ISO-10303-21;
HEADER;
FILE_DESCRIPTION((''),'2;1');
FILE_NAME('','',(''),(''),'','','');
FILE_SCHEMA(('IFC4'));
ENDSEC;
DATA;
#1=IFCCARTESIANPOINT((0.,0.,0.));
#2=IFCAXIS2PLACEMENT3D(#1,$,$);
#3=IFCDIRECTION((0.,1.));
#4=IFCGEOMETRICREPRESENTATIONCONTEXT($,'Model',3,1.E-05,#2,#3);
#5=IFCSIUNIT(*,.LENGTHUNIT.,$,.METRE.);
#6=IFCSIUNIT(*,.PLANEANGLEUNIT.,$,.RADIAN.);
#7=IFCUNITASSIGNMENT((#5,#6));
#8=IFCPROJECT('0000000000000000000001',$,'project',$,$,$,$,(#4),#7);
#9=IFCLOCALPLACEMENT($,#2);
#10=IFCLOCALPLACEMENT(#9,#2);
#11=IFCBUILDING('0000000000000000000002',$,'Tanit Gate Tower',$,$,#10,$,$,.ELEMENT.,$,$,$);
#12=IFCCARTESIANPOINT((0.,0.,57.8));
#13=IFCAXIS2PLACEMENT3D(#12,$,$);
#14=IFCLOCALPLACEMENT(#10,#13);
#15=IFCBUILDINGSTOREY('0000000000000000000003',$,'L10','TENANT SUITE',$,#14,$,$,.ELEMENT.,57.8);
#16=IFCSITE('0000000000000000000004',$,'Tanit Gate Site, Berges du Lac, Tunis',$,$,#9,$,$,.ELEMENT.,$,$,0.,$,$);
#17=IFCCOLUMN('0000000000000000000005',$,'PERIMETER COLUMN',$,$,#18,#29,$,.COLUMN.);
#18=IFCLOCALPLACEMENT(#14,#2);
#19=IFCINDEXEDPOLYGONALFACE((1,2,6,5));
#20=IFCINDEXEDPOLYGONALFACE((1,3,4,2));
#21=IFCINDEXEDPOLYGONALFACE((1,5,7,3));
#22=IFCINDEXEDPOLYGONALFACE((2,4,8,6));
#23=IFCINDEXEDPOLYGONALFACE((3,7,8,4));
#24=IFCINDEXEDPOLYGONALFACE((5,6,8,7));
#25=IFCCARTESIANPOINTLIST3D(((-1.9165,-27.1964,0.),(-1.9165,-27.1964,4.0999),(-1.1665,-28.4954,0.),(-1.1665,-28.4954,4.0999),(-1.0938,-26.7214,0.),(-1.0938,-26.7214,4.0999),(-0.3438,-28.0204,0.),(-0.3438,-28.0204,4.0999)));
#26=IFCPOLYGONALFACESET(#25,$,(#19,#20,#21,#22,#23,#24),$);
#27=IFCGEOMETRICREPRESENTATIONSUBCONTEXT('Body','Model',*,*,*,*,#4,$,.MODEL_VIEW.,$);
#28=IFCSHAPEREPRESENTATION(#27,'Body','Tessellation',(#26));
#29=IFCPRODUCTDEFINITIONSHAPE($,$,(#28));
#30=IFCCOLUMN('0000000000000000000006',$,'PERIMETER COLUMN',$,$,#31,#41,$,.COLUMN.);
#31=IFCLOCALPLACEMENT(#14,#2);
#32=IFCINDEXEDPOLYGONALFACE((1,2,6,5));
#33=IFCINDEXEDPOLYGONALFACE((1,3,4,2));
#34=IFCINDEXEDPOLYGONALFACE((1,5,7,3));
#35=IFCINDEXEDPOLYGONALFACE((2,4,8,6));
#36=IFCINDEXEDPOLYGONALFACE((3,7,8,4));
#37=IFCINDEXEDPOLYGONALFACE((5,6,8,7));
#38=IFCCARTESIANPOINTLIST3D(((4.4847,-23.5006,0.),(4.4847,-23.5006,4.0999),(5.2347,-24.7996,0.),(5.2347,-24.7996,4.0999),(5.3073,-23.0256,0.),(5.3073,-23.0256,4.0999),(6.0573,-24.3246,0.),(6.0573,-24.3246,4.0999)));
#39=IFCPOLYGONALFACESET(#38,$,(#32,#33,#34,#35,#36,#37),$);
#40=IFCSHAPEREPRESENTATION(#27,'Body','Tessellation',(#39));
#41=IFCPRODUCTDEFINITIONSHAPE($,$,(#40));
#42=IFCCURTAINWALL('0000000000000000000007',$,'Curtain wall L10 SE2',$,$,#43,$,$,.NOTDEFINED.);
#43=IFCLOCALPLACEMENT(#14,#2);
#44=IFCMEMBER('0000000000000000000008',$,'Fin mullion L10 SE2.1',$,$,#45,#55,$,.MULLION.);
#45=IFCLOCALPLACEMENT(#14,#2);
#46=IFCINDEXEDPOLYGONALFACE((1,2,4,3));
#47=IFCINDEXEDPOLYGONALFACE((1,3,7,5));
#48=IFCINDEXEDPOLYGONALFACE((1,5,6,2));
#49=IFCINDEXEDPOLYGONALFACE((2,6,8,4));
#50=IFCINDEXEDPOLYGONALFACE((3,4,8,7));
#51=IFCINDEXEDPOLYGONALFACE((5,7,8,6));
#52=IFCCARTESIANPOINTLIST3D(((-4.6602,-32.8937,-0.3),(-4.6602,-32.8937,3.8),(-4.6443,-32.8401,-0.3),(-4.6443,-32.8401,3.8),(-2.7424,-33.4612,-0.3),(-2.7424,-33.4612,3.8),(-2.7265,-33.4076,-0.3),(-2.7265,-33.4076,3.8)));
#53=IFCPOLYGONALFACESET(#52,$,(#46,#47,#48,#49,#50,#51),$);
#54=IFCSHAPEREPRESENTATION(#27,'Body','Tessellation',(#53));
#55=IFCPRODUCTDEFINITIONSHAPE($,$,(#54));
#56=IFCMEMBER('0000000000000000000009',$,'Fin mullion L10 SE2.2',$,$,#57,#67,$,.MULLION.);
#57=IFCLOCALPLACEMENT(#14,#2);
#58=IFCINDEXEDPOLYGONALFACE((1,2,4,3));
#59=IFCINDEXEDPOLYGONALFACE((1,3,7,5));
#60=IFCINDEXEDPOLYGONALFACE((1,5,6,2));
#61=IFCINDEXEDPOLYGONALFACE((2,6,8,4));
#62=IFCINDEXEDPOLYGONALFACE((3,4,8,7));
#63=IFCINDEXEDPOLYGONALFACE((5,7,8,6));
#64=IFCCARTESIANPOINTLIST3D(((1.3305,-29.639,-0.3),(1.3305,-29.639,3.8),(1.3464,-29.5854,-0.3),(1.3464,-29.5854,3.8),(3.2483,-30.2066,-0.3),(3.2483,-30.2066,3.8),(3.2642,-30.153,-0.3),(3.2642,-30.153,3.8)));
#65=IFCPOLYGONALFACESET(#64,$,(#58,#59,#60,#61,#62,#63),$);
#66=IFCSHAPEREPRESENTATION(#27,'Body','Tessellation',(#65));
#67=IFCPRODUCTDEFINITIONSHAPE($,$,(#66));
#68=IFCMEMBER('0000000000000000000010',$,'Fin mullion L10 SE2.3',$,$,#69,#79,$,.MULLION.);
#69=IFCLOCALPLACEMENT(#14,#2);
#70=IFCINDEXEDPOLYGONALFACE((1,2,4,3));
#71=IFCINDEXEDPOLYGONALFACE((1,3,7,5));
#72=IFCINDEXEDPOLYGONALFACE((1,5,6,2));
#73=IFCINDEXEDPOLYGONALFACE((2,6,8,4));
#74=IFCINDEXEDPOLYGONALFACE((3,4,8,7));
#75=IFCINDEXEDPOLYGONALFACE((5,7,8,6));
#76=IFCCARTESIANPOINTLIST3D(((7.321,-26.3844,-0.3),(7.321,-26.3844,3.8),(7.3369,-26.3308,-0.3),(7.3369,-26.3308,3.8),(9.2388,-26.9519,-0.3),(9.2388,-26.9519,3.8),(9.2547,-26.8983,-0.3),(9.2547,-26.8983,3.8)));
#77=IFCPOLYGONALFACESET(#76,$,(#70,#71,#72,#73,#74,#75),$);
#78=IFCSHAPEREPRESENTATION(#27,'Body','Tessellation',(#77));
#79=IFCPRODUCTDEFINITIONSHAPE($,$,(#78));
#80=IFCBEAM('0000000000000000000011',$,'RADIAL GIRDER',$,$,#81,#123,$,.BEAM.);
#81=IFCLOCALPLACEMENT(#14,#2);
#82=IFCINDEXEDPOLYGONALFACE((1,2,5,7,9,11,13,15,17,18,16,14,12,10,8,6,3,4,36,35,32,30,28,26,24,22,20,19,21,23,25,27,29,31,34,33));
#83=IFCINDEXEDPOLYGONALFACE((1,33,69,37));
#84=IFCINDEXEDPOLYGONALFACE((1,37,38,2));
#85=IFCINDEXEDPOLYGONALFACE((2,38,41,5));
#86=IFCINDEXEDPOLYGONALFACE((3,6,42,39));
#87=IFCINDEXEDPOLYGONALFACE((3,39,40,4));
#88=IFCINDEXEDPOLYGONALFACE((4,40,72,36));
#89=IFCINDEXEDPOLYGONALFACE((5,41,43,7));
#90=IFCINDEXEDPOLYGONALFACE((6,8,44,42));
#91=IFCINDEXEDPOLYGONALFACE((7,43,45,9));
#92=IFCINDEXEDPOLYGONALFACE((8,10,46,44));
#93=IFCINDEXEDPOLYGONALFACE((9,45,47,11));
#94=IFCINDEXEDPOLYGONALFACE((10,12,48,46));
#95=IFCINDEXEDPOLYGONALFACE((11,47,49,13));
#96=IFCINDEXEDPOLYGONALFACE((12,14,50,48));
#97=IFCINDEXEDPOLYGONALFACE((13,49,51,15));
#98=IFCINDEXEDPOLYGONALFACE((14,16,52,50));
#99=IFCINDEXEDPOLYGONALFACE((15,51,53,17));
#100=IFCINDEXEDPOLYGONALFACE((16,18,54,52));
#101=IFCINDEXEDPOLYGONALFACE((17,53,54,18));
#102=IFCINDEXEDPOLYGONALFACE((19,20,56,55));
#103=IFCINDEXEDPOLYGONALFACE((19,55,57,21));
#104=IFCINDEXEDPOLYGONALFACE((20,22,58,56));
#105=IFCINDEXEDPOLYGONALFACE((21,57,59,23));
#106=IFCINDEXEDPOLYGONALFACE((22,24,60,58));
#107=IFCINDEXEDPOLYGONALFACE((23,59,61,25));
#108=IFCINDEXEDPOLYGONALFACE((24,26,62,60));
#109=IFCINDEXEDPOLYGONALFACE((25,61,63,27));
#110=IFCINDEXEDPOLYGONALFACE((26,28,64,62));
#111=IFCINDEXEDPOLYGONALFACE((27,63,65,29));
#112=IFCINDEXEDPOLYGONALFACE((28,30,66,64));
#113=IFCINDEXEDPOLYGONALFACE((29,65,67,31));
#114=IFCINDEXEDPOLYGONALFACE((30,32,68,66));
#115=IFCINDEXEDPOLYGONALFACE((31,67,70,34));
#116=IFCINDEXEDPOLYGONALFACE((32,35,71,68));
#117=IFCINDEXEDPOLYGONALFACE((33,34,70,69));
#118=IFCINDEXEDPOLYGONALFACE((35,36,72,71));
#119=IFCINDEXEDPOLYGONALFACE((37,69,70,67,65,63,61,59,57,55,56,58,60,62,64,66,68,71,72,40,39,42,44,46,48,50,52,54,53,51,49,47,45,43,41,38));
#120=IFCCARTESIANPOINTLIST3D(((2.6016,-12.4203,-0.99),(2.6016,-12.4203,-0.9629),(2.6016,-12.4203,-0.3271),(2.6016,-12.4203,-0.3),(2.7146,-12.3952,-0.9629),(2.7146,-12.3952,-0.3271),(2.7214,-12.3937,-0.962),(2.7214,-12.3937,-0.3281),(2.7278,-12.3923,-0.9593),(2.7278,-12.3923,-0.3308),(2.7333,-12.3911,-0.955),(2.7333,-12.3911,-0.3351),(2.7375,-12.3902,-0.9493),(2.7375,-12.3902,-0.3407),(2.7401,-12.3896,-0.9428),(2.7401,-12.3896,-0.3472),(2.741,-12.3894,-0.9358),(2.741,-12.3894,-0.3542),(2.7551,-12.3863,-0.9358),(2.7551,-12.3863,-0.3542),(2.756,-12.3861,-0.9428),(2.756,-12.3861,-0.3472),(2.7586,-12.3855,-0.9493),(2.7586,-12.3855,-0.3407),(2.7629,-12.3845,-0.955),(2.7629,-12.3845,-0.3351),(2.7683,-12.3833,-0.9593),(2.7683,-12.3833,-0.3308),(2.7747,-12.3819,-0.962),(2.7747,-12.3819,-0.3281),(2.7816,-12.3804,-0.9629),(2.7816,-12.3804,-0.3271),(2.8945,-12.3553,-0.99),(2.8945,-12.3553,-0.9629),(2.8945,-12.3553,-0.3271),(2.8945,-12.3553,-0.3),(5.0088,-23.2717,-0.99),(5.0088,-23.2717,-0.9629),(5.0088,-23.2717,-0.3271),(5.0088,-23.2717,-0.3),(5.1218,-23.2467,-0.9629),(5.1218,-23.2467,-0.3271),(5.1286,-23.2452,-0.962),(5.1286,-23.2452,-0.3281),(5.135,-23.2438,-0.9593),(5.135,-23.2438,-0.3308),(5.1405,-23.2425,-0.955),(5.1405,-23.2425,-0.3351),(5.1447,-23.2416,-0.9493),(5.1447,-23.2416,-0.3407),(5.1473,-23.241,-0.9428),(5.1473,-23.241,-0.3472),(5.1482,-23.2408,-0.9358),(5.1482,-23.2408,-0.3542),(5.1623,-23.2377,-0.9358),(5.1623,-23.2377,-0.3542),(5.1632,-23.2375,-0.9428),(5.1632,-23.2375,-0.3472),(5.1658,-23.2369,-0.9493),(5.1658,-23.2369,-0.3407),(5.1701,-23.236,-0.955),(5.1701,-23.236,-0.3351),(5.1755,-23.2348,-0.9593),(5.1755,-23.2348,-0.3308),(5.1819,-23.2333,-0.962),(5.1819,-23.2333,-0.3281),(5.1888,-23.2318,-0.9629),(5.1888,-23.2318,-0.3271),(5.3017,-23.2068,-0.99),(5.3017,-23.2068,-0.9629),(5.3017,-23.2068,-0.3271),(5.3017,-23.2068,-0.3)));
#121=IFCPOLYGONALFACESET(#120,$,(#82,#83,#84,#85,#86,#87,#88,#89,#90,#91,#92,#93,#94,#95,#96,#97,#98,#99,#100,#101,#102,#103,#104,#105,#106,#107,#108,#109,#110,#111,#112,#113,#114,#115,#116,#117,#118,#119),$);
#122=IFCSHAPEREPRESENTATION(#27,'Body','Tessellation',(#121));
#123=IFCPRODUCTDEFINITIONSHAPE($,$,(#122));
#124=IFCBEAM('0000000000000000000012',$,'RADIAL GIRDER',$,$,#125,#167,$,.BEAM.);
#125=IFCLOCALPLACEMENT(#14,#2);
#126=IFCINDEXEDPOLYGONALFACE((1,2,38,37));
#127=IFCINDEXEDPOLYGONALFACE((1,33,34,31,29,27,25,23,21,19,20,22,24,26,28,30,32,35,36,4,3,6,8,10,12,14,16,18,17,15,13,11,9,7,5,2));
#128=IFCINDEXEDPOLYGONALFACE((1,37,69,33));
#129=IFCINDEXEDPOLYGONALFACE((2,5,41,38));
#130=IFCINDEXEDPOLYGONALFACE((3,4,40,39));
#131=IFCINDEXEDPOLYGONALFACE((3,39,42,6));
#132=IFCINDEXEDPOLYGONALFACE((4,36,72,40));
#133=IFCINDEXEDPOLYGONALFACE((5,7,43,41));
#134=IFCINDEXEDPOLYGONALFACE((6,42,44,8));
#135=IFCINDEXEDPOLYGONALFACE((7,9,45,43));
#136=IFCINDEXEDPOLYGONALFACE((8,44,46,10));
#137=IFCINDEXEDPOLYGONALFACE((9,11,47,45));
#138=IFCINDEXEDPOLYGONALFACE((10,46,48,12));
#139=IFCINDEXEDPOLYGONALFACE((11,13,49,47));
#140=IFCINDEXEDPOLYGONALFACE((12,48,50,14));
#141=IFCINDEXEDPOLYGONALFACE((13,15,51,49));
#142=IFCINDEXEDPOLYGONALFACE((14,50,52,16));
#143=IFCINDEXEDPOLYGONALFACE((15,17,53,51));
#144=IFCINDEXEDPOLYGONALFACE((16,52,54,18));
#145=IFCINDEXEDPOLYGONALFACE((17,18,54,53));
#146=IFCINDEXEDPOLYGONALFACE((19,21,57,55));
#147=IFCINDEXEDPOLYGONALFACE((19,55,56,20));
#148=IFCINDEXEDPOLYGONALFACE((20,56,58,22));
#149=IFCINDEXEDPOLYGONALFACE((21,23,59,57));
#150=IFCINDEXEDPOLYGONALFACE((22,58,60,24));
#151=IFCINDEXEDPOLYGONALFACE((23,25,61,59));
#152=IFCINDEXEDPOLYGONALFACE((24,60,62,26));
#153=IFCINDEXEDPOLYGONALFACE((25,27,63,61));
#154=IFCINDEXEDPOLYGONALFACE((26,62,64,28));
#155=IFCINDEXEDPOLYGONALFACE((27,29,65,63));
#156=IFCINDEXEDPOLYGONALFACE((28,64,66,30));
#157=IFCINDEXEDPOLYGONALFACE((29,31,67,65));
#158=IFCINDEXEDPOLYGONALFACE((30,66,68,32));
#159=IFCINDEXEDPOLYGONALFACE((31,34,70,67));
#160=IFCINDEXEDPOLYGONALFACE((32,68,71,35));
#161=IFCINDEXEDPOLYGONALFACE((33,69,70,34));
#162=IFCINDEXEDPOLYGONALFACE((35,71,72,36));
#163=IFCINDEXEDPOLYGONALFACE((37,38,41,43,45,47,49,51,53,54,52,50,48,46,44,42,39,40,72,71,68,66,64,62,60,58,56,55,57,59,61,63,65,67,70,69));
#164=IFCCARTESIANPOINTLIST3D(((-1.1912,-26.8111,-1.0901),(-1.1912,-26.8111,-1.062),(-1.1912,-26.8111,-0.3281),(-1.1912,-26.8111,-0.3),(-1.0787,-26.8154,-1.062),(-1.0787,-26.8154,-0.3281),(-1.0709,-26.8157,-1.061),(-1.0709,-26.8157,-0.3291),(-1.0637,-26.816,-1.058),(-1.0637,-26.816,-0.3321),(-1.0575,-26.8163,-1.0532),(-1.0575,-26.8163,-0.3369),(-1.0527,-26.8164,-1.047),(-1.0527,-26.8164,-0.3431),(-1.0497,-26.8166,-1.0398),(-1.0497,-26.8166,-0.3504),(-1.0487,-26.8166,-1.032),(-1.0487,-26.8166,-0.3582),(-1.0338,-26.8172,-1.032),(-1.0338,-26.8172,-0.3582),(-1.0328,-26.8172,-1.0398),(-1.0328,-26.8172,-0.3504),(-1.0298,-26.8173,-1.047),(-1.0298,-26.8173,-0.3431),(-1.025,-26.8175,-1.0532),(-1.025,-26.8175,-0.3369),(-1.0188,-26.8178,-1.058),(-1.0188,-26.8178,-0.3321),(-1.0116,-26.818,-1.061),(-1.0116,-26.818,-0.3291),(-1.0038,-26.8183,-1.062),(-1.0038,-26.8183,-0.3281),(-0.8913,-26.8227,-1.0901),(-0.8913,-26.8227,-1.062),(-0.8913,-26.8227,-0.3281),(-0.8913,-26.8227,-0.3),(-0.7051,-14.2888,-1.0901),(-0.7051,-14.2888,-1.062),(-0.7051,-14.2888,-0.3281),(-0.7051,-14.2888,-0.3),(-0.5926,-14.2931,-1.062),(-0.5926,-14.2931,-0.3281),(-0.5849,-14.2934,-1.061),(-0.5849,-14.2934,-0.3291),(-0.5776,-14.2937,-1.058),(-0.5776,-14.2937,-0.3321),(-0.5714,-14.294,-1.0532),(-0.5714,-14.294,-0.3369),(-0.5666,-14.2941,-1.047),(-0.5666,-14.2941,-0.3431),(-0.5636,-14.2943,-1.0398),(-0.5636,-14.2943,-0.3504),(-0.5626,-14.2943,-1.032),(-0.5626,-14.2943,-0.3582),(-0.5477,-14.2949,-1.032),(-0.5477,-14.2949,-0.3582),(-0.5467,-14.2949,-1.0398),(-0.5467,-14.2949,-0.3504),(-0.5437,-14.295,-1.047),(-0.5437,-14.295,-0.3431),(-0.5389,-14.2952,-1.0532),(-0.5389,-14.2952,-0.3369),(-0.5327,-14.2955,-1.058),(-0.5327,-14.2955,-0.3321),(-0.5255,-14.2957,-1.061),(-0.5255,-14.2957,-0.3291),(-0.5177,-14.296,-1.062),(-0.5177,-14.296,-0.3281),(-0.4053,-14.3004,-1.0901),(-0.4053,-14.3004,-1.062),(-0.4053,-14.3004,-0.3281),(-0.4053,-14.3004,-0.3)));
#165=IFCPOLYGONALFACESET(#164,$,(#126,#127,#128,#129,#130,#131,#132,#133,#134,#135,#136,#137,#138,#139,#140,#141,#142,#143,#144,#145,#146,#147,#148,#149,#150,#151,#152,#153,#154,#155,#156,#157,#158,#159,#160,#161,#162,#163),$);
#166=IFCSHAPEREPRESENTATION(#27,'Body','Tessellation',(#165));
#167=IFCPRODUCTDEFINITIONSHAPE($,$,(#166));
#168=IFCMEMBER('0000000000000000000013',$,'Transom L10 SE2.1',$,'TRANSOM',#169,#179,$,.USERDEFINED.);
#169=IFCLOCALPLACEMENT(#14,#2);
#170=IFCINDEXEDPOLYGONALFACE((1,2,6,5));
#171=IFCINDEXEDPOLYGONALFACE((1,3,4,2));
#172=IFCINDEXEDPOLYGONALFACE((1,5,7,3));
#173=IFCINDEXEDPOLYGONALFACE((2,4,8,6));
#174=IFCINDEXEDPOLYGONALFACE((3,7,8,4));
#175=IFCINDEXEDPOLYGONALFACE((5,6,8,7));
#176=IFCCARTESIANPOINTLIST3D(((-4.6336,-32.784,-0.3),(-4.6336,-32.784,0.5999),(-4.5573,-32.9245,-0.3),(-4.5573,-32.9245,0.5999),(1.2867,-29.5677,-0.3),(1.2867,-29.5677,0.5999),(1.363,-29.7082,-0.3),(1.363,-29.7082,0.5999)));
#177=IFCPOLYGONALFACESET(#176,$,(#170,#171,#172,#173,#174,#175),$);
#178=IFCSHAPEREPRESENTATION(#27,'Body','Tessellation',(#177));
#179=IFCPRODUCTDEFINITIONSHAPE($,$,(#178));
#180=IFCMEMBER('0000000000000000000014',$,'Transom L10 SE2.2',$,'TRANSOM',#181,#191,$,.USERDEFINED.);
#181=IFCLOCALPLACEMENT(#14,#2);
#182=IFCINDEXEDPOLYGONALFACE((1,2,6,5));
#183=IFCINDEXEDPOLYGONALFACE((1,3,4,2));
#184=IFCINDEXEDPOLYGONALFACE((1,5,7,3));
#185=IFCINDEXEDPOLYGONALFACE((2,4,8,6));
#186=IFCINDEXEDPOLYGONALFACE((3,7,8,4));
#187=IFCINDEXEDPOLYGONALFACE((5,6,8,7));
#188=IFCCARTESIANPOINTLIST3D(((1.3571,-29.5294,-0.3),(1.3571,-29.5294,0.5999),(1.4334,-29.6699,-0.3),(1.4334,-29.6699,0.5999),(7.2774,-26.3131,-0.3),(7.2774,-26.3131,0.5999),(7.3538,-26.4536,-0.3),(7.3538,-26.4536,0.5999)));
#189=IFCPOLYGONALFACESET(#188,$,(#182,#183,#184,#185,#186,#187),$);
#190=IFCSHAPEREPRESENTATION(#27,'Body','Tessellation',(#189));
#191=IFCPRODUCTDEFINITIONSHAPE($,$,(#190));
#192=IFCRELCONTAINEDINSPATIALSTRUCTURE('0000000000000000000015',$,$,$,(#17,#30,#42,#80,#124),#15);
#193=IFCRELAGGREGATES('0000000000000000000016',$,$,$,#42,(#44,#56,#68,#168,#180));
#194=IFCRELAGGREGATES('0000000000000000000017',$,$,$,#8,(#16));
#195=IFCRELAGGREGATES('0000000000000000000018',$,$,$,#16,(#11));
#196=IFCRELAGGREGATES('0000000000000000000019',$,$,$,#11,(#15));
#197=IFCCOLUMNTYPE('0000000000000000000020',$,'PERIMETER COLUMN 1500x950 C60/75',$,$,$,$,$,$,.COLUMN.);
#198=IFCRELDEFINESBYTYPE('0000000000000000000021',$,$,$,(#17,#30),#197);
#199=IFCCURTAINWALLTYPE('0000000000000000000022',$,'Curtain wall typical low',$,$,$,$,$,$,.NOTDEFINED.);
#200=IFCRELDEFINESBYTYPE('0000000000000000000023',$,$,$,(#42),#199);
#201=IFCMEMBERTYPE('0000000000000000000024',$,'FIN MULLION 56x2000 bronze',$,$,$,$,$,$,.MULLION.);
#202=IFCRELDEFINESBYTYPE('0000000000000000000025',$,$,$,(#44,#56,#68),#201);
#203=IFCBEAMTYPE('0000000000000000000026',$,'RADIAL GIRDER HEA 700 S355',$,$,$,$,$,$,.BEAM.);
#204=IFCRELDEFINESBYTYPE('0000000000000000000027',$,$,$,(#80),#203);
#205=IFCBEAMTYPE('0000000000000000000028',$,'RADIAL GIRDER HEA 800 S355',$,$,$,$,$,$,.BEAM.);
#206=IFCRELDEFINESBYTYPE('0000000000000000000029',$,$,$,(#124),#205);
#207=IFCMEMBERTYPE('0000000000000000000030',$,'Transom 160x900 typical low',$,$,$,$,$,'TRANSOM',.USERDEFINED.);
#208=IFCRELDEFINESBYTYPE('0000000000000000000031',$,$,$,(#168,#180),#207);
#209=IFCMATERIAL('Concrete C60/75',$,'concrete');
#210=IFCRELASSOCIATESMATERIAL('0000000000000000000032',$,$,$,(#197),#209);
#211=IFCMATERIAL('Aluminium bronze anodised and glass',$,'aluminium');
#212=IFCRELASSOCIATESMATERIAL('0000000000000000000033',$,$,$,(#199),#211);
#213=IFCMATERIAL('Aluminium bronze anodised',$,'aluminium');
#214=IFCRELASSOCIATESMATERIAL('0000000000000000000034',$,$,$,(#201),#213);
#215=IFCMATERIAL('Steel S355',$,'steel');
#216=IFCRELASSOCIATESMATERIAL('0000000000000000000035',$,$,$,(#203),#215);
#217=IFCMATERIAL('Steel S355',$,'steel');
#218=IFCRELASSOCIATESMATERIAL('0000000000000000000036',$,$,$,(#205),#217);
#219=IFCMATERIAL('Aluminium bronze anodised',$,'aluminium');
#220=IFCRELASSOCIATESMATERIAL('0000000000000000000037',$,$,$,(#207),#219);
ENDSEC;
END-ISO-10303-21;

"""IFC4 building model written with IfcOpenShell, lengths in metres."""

from ifc_helpers import new_model, si_unit, direction, frame, origin, origin_2d, place, context, subcontext, project, spatial, rectangle, i_section, extrude, material, material_profile, profile_set, type_object, element, aggregate, save


model = new_model("IFC4")

# Units and contexts
model_context = context("Model", 3, precision=1e-05, world=origin(), true_north=direction((0.0, 1.0)))
body_context = subcontext(model_context, "Body", "Model", "MODEL_VIEW")
ifc_project = project(units=[si_unit("LENGTHUNIT", "METRE"), si_unit("PLANEANGLEUNIT", "RADIAN")], contexts=[model_context])

# Site, building, storey
site_placement = place(None, origin())
site = spatial("IfcSite", under=ifc_project, at=site_placement, Name="Tanit Gate Site, Berges du Lac, Tunis", CompositionType="ELEMENT", RefElevation=0.0)
building_placement = place(site_placement, origin())
building = spatial("IfcBuilding", under=site, at=building_placement, Name="Tanit Gate Tower", CompositionType="ELEMENT")
storey_placement = place(building_placement, frame((0.0, 0.0, 57.8)))
storey = spatial("IfcBuildingStorey", under=building, at=storey_placement, Name="L10", Description="TENANT SUITE", CompositionType="ELEMENT", Elevation=57.8)

# Columns
ifc_material_1 = material(Name="Concrete C60/75", Category="concrete")
ifc_material_profile_1 = material_profile(ifc_material_1, rectangle(XDim=1.5, YDim=0.95, at=origin_2d()), Name="RC 1500x950")
ifc_profile_set_1 = profile_set([ifc_material_profile_1], Name="Concrete C60/75")
column_type = type_object("IfcColumnType", Name="PERIMETER COLUMN 1500x950 C60/75", PredefinedType="COLUMN", material=ifc_profile_set_1)
for number, where, z_axis, x_axis, name in (
    (1, (-1.1301, -27.6084, 0.0), (0.0, 0.0, 1.0), (0.5, -0.866025, 0.0), "PERIMETER COLUMN"),
    (2, (5.271, -23.9126, 0.0), (0.0, 0.0, 1.0), (0.5, -0.866025, 0.0), "PERIMETER COLUMN"),
):
    element("IfcColumn", number, at=place(storey_placement, frame(where, z_axis=z_axis, x_axis=x_axis)), inside=storey, type_object=column_type, Name=name, PredefinedType="COLUMN", context=body_context, shape_type="SweptSolid", body=[
        extrude(rectangle(XDim=1.5, YDim=0.95, at=origin_2d()), origin(), (0.0, 0.0, 1.0), 4.0999),
    ])

# Curtain wall, members
ifc_material_2 = material(Name="Aluminium bronze anodised and glass", Category="aluminium")
curtain_wall_type = type_object("IfcCurtainWallType", Name="Curtain wall typical low", PredefinedType="NOTDEFINED", material=ifc_material_2)
curtain_wall_placement = place(storey_placement, origin())
curtain_wall = element("IfcCurtainWall", 3, at=curtain_wall_placement, inside=storey, type_object=curtain_wall_type, Name="Curtain wall L10 SE2", PredefinedType="NOTDEFINED")
ifc_material_3 = material(Name="Aluminium bronze anodised", Category="aluminium")
ifc_material_profile_2 = material_profile(ifc_material_3, rectangle(XDim=2.0, YDim=0.0559, at=origin_2d()), Name="56x2000 bronze fin mullion")
ifc_profile_set_2 = profile_set([ifc_material_profile_2], Name="Aluminium bronze anodised")
member_type_1 = type_object("IfcMemberType", Name="FIN MULLION 56x2000 bronze", PredefinedType="MULLION", material=ifc_profile_set_2)
member_1_placement = place(storey_placement, frame((-3.6934, -33.1506, -0.3), z_axis=(0.0, 0.0, 1.0), x_axis=(-0.958892, 0.283773, 0.0)))
member_1 = element("IfcMember", 4, at=member_1_placement, type_object=member_type_1, Name="Fin mullion L10 SE2.1", PredefinedType="MULLION", context=body_context, shape_type="SweptSolid", body=[
    extrude(rectangle(XDim=2.0, YDim=0.0559, at=origin_2d()), origin(), (0.0, 0.0, 1.0), 4.1001),
])
member_2_placement = place(storey_placement, frame((2.2974, -29.896, -0.3), z_axis=(0.0, 0.0, 1.0), x_axis=(-0.958892, 0.283773, 0.0)))
member_2 = element("IfcMember", 5, at=member_2_placement, type_object=member_type_1, Name="Fin mullion L10 SE2.2", PredefinedType="MULLION", context=body_context, shape_type="SweptSolid", body=[
    extrude(rectangle(XDim=2.0, YDim=0.0559, at=origin_2d()), origin(), (0.0, 0.0, 1.0), 4.1001),
])
member_3_placement = place(storey_placement, frame((8.2878, -26.6414, -0.3), z_axis=(0.0, 0.0, 1.0), x_axis=(-0.958892, 0.283773, 0.0)))
member_3 = element("IfcMember", 6, at=member_3_placement, type_object=member_type_1, Name="Fin mullion L10 SE2.3", PredefinedType="MULLION", context=body_context, shape_type="SweptSolid", body=[
    extrude(rectangle(XDim=2.0, YDim=0.0559, at=origin_2d()), origin(), (0.0, 0.0, 1.0), 4.1001),
])

# Beams
ifc_material_4 = material(Name="Steel S355", Category="steel")
ifc_material_profile_3 = material_profile(ifc_material_4, i_section(OverallWidth=0.3, OverallDepth=0.6899, WebThickness=0.0144, FlangeThickness=0.0271, FilletRadius=0.0271, at=origin_2d()), Name="HEA 700")
ifc_profile_set_3 = profile_set([ifc_material_profile_3], Name="Steel S355")
beam_type_1 = type_object("IfcBeamType", Name="RADIAL GIRDER HEA 700 S355", PredefinedType="BEAM", material=ifc_profile_set_3)
beam_1_placement = place(storey_placement, frame((5.1553, -23.2393, -0.645), z_axis=(-0.216568, 0.976268, 0.0), x_axis=(-0.976268, -0.216568, 0.0)))
element("IfcBeam", 7, at=beam_1_placement, inside=storey, type_object=beam_type_1, Name="RADIAL GIRDER", PredefinedType="BEAM", context=body_context, shape_type="SweptSolid", body=[
    extrude(i_section(OverallWidth=0.3, OverallDepth=0.6899, WebThickness=0.0144, FlangeThickness=0.0271, FilletRadius=0.0271, at=origin_2d()), origin(), (0.0, 0.0, 1.0), 11.1152),
])
ifc_material_5 = material(Name="Steel S355", Category="steel")
ifc_material_profile_4 = material_profile(ifc_material_5, i_section(OverallWidth=0.3, OverallDepth=0.79, WebThickness=0.0149, FlangeThickness=0.0281, FilletRadius=0.03, at=origin_2d()), Name="HEA 800")
ifc_profile_set_4 = profile_set([ifc_material_profile_4], Name="Steel S355")
beam_type_2 = type_object("IfcBeamType", Name="RADIAL GIRDER HEA 800 S355", PredefinedType="BEAM", material=ifc_profile_set_4)
beam_2_placement = place(storey_placement, frame((-1.0413, -26.8169, -0.6951), z_axis=(0.038789, 0.999247, 0.0), x_axis=(-0.999247, 0.038789, 0.0)))
element("IfcBeam", 8, at=beam_2_placement, inside=storey, type_object=beam_type_2, Name="RADIAL GIRDER", PredefinedType="BEAM", context=body_context, shape_type="SweptSolid", body=[
    extrude(i_section(OverallWidth=0.3, OverallDepth=0.79, WebThickness=0.0149, FlangeThickness=0.0281, FilletRadius=0.03, at=origin_2d()), origin(), (0.0, 0.0, 1.0), 12.5317),
])

# Members
ifc_material_6 = material(Name="Aluminium bronze anodised", Category="aluminium")
ifc_material_profile_5 = material_profile(ifc_material_6, rectangle(XDim=0.1599, YDim=0.8999, at=origin_2d()), Name="160x900 bronze transom")
ifc_profile_set_5 = profile_set([ifc_material_profile_5], Name="Aluminium bronze anodised")
member_type_2 = type_object("IfcMemberType", Name="Transom 160x900 typical low", ElementType="TRANSOM", PredefinedType="USERDEFINED", material=ifc_profile_set_5)
member_4_placement = place(storey_placement, frame((-4.5955, -32.8542, 0.1499), z_axis=(0.878706, 0.477364, 0.0), x_axis=(-0.477364, 0.878706, 0.0)))
member_4 = element("IfcMember", 9, at=member_4_placement, type_object=member_type_2, Name="Transom L10 SE2.1", ObjectType="TRANSOM", PredefinedType="USERDEFINED", context=body_context, shape_type="SweptSolid", body=[
    extrude(rectangle(XDim=0.1599, YDim=0.8999, at=origin_2d()), origin(), (0.0, 0.0, 1.0), 6.7375),
])
member_5_placement = place(storey_placement, frame((1.3953, -29.5996, 0.1499), z_axis=(0.878706, 0.477364, 0.0), x_axis=(-0.477364, 0.878706, 0.0)))
member_5 = element("IfcMember", 10, at=member_5_placement, type_object=member_type_2, Name="Transom L10 SE2.2", ObjectType="TRANSOM", PredefinedType="USERDEFINED", context=body_context, shape_type="SweptSolid", body=[
    extrude(rectangle(XDim=0.1599, YDim=0.8999, at=origin_2d()), origin(), (0.0, 0.0, 1.0), 6.7375),
])

aggregate(curtain_wall, [member_1, member_2, member_3, member_4, member_5])

save(model, "model.ifc")
